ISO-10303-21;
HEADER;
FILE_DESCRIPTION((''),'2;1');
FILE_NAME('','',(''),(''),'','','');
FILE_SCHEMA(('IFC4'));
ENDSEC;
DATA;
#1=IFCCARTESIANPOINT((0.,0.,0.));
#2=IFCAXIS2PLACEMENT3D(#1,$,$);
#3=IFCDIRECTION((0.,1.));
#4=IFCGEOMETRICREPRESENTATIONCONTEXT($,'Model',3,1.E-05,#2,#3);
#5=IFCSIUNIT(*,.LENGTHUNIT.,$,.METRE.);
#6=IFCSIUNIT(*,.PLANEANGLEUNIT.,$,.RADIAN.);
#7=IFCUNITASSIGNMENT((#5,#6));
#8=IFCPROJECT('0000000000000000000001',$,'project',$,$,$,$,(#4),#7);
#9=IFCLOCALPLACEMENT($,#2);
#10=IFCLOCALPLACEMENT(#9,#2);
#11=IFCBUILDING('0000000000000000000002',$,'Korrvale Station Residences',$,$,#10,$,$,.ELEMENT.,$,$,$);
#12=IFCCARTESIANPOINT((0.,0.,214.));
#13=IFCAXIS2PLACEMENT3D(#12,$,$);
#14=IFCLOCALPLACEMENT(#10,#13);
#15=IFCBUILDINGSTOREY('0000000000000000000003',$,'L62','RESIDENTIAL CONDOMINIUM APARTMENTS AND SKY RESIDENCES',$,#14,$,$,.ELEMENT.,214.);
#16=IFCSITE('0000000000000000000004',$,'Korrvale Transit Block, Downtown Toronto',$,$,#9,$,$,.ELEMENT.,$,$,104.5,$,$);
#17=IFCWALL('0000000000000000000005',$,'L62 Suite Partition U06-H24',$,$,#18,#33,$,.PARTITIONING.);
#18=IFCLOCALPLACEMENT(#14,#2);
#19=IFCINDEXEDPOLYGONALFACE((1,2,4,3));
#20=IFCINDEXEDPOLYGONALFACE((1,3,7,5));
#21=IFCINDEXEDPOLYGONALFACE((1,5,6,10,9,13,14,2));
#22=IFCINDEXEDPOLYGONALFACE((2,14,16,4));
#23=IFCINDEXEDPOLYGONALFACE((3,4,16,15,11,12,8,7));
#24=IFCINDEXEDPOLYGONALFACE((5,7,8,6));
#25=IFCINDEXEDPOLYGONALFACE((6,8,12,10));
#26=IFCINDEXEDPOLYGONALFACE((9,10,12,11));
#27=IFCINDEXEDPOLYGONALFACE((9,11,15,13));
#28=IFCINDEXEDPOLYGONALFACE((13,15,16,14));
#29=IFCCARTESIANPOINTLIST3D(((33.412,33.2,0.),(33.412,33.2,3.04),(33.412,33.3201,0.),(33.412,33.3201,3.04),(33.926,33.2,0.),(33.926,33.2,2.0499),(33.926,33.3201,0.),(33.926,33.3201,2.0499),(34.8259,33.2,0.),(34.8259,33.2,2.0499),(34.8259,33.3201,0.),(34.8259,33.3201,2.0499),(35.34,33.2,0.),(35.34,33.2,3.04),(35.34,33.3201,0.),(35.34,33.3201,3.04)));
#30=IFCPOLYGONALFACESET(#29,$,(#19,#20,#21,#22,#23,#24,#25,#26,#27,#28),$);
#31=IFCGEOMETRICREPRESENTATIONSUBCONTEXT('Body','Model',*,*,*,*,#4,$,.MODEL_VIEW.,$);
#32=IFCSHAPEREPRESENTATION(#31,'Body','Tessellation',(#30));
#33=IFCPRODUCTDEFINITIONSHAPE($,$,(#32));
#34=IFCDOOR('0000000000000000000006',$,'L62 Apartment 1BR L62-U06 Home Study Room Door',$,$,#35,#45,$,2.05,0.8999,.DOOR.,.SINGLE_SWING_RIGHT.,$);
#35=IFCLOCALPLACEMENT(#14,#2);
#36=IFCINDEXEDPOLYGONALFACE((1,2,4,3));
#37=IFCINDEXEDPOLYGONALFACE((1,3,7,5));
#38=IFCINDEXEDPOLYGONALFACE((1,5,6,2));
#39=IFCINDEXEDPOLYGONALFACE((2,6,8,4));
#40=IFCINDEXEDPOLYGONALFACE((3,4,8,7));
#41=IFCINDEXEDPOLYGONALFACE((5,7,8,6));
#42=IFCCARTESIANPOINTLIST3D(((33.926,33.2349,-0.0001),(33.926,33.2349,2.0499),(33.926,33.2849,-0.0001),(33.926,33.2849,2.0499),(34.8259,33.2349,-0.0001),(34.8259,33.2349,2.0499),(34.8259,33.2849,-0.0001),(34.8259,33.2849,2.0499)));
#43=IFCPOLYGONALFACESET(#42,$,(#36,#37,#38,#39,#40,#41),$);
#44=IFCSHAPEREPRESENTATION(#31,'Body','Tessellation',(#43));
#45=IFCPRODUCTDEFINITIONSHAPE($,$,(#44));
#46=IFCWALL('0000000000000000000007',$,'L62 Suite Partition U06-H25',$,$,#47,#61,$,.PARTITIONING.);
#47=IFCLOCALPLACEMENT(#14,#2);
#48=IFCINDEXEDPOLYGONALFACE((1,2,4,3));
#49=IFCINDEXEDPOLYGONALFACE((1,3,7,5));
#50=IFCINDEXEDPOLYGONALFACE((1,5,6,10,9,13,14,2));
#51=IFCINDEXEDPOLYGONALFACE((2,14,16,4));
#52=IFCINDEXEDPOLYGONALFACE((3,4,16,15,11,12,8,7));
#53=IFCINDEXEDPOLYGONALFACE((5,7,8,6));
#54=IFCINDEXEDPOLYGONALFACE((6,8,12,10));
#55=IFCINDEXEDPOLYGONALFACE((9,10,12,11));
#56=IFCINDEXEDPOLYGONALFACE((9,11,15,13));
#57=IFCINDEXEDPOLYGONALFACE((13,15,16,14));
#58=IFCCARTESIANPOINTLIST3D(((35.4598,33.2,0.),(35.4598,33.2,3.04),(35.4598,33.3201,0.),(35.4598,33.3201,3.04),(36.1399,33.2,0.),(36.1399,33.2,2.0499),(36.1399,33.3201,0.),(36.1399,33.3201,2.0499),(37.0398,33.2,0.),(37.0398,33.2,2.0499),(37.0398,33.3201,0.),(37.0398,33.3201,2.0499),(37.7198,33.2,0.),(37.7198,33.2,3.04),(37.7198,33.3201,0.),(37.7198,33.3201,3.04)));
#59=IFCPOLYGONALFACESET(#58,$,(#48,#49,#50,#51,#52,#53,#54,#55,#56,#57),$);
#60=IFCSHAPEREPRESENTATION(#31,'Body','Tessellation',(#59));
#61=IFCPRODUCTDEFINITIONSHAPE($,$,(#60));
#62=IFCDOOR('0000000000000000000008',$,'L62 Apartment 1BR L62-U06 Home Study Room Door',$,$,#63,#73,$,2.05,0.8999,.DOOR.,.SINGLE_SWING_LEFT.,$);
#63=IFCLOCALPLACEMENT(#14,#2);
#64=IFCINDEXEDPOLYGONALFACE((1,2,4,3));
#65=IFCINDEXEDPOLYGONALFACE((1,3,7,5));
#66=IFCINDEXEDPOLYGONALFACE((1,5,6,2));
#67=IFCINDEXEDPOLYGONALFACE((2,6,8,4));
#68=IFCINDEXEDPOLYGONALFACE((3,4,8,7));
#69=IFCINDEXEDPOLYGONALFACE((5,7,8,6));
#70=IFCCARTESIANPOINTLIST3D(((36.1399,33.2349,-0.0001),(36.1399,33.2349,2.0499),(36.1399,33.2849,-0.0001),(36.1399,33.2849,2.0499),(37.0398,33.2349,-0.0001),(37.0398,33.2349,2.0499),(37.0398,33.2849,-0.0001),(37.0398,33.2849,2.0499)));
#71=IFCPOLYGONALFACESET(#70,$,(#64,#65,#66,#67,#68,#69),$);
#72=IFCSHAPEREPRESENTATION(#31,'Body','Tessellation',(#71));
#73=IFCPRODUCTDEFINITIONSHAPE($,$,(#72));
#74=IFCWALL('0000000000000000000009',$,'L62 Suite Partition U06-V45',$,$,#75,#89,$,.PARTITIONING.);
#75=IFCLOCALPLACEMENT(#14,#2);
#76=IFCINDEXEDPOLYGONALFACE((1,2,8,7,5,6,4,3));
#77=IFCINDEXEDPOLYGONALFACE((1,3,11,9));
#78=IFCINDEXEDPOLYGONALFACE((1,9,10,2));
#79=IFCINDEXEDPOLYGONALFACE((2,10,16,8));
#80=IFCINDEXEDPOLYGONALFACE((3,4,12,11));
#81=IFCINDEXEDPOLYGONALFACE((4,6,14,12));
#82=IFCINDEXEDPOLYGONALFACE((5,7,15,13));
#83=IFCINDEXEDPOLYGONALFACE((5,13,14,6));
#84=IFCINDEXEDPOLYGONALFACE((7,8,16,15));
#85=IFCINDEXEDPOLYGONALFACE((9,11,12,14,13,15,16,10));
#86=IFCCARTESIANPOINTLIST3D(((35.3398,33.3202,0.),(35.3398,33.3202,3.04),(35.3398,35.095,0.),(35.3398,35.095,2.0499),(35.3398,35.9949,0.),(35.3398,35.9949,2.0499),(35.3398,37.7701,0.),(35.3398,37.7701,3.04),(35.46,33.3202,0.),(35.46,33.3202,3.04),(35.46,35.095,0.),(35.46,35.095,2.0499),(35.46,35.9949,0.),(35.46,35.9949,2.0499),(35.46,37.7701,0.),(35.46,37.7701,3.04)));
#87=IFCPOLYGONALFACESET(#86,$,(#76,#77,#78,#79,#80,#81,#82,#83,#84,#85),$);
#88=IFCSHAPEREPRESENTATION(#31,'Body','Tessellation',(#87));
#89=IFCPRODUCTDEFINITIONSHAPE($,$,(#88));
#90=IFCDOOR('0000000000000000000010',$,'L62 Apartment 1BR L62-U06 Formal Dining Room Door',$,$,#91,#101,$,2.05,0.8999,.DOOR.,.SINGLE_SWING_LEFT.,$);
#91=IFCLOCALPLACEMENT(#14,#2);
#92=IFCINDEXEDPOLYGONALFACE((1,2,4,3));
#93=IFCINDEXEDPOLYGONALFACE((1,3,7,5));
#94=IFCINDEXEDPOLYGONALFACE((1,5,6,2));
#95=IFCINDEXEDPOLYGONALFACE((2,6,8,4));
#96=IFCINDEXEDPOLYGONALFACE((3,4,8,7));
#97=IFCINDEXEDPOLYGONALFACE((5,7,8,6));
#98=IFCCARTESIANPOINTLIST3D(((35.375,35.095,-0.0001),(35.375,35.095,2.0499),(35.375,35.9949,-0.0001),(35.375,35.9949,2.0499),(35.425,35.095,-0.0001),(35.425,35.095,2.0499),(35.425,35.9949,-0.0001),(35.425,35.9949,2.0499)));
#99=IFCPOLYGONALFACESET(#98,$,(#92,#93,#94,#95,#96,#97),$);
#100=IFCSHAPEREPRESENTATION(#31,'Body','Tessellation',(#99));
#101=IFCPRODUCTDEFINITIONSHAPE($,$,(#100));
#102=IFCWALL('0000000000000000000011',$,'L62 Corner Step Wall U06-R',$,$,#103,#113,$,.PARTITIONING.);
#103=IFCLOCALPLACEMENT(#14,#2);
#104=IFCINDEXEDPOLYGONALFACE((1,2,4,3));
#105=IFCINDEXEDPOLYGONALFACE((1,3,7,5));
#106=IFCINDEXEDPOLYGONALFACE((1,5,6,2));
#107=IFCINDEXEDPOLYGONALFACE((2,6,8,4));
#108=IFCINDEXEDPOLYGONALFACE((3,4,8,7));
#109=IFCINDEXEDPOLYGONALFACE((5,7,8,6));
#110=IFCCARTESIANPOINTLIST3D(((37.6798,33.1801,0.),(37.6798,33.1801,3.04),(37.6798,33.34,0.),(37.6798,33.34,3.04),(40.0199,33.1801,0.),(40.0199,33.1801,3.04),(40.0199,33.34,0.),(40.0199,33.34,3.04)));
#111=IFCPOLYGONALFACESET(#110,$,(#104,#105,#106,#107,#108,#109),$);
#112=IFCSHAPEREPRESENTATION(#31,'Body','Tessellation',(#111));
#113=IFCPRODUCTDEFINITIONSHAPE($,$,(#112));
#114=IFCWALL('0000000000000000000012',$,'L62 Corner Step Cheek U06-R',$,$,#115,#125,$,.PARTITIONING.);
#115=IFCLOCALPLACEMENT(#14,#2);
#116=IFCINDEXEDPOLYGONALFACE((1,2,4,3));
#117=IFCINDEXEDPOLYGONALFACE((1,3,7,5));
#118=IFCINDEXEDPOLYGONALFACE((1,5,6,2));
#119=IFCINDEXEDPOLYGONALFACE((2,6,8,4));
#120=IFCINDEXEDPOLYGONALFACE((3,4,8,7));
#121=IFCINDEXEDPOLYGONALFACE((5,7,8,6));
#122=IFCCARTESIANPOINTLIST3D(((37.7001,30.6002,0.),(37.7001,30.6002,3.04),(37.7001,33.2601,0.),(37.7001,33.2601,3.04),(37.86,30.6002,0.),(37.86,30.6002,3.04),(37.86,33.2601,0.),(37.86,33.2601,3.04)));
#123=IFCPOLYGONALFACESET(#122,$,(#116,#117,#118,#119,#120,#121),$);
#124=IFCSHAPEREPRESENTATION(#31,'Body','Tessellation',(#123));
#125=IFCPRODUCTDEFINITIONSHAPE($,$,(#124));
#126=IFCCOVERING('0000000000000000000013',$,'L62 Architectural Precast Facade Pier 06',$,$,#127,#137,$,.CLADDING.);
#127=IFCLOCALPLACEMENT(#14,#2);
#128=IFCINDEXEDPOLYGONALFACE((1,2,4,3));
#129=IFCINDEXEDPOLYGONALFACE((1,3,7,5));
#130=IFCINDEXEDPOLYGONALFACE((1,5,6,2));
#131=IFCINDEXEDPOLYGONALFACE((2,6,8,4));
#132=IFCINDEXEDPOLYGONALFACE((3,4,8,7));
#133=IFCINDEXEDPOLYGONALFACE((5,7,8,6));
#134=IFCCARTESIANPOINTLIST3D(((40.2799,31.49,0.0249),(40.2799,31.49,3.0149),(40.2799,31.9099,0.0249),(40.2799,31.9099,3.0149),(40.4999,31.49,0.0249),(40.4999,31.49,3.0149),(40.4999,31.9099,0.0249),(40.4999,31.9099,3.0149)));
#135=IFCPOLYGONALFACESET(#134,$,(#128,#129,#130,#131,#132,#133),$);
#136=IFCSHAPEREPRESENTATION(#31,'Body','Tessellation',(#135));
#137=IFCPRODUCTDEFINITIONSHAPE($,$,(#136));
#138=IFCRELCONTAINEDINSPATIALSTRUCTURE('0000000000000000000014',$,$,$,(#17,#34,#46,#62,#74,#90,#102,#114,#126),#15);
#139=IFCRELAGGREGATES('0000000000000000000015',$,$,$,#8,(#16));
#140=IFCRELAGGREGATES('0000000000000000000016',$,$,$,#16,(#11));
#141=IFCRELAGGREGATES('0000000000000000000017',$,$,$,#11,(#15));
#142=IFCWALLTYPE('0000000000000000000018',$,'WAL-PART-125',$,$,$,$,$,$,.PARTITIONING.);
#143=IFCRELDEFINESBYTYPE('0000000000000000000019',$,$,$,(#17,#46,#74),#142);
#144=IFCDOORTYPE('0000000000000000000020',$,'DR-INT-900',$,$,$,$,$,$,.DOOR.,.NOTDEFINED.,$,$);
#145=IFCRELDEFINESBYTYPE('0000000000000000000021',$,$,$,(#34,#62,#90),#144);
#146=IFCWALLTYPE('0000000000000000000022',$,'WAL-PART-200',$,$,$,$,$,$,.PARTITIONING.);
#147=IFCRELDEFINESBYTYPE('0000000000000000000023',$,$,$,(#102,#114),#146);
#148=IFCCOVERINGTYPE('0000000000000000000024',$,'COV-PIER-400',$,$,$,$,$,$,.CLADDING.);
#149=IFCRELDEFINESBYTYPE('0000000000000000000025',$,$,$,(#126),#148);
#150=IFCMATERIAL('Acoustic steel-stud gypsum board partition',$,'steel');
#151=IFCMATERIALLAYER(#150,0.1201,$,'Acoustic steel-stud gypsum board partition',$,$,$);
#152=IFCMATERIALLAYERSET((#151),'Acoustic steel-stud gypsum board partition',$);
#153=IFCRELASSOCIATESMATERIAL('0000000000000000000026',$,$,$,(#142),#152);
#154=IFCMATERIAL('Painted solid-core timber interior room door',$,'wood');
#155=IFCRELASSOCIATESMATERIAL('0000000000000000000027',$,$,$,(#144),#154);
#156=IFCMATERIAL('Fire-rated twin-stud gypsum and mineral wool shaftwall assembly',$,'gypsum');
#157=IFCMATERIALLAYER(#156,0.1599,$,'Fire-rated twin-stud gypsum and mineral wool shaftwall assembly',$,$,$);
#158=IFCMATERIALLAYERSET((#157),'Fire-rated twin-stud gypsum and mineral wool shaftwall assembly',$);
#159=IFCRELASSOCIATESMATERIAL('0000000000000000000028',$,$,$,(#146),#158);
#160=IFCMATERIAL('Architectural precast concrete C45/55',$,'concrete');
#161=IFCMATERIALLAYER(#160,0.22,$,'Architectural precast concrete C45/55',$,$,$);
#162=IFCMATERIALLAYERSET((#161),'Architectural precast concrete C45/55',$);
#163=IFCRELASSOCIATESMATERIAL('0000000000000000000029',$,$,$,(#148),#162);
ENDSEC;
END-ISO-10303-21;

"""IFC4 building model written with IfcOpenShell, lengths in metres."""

from ifc_helpers import new_model, si_unit, direction, frame, frame_2d, origin, origin_2d, place, context, subcontext, project, spatial, rectangle, extrude, material, layer, layer_set, type_object, element, fill, save


model = new_model("IFC4")

# Units and contexts
model_context = context("Model", 3, precision=1e-05, world=origin(), true_north=direction((0.0, 1.0)))
body_context = subcontext(model_context, "Body", "Model", "MODEL_VIEW")
ifc_project = project(units=[si_unit("LENGTHUNIT", "METRE"), si_unit("PLANEANGLEUNIT", "RADIAN")], contexts=[model_context])

# Site, building, storey
site_placement = place(None, origin())
site = spatial("IfcSite", under=ifc_project, at=site_placement, Name="Korrvale Transit Block, Downtown Toronto", CompositionType="ELEMENT", RefElevation=104.5)
building_placement = place(site_placement, origin())
building = spatial("IfcBuilding", under=site, at=building_placement, Name="Korrvale Station Residences", CompositionType="ELEMENT")
storey_placement = place(building_placement, frame((0.0, 0.0, 214.0)))
storey = spatial("IfcBuildingStorey", under=building, at=storey_placement, Name="L62", Description="RESIDENTIAL CONDOMINIUM APARTMENTS AND SKY RESIDENCES", CompositionType="ELEMENT", Elevation=214.0)

# Walls, openings, doors
ifc_material_1 = material(Name="Acoustic steel-stud gypsum board partition", Category="steel")
ifc_layer_1 = layer(ifc_material_1, 0.1201, Name="Acoustic steel-stud gypsum board partition")
ifc_layer_set_1 = layer_set([ifc_layer_1], Name="Acoustic steel-stud gypsum board partition")
wall_type_1 = type_object("IfcWallType", Name="WAL-PART-125", PredefinedType="PARTITIONING", material=ifc_layer_set_1)
ifc_material_2 = material(Name="Painted solid-core timber interior room door", Category="wood")
door_type = type_object("IfcDoorType", Name="DR-INT-900", OperationType="NOTDEFINED", PredefinedType="DOOR", material=ifc_material_2)
wall_1_placement = place(storey_placement, frame((33.4121, 33.26, 0.0), z_axis=(0.0, 0.0, 1.0), x_axis=(1.0, 0.0, 0.0)))
wall_1 = element("IfcWall", 1, at=wall_1_placement, inside=storey, type_object=wall_type_1, Name="L62 Suite Partition U06-H24", PredefinedType="PARTITIONING", context=body_context, shape_type="SweptSolid", body=[
    extrude(rectangle(XDim=1.928, YDim=0.1201, at=frame_2d((0.9639, 0.0))), origin(), (0.0, 0.0, 1.0), 3.04),
])
opening_1_placement = place(wall_1_placement, frame((0.5139, 0.0, 0.0)))
opening_1 = element("IfcOpeningElement", 2, at=opening_1_placement, cuts=wall_1, PredefinedType="OPENING", context=body_context, shape_type="SweptSolid", body=[
    extrude(rectangle(XDim=0.8999, YDim=2.05, at=frame_2d((0.45, 1.0249))), frame((0.0, 0.0701, 0.0), z_axis=(0.0, -1.0, 0.0), x_axis=(1.0, 0.0, 0.0)), (0.0, 0.0, 1.0), 0.1401),
])
door_1_placement = place(opening_1_placement, origin())
door_1 = element("IfcDoor", 3, at=door_1_placement, inside=storey, type_object=door_type, Name="L62 Apartment 1BR L62-U06 Home Study Room Door", OperationType="SINGLE_SWING_RIGHT", OverallHeight=2.05, OverallWidth=0.8999, PredefinedType="DOOR", context=body_context, shape_type="SweptSolid", body=[
    extrude(rectangle(XDim=0.8999, YDim=2.05, at=frame_2d((0.45, 1.0249))), frame((0.0, 0.0249, 0.0), z_axis=(0.0, -1.0, 0.0), x_axis=(1.0, 0.0, 0.0)), (0.0, 0.0, 1.0), 0.05),
])
fill(opening_1, door_1)
wall_2_placement = place(storey_placement, frame((35.46, 33.26, 0.0), z_axis=(0.0, 0.0, 1.0), x_axis=(1.0, 0.0, 0.0)))
wall_2 = element("IfcWall", 4, at=wall_2_placement, inside=storey, type_object=wall_type_1, Name="L62 Suite Partition U06-H25", PredefinedType="PARTITIONING", context=body_context, shape_type="SweptSolid", body=[
    extrude(rectangle(XDim=2.26, YDim=0.1201, at=frame_2d((1.1299, 0.0))), origin(), (0.0, 0.0, 1.0), 3.04),
])
opening_2_placement = place(wall_2_placement, frame((0.6799, 0.0, 0.0)))
opening_2 = element("IfcOpeningElement", 5, at=opening_2_placement, cuts=wall_2, PredefinedType="OPENING", context=body_context, shape_type="SweptSolid", body=[
    extrude(rectangle(XDim=0.8999, YDim=2.05, at=frame_2d((0.45, 1.0249))), frame((0.0, 0.0701, 0.0), z_axis=(0.0, -1.0, 0.0), x_axis=(1.0, 0.0, 0.0)), (0.0, 0.0, 1.0), 0.1401),
])
door_2_placement = place(opening_2_placement, origin())
door_2 = element("IfcDoor", 6, at=door_2_placement, inside=storey, type_object=door_type, Name="L62 Apartment 1BR L62-U06 Home Study Room Door", OperationType="SINGLE_SWING_LEFT", OverallHeight=2.05, OverallWidth=0.8999, PredefinedType="DOOR", context=body_context, shape_type="SweptSolid", body=[
    extrude(rectangle(XDim=0.8999, YDim=2.05, at=frame_2d((0.45, 1.0249))), frame((0.0, 0.0249, 0.0), z_axis=(0.0, -1.0, 0.0), x_axis=(1.0, 0.0, 0.0)), (0.0, 0.0, 1.0), 0.05),
])
fill(opening_2, door_2)
wall_3_placement = place(storey_placement, frame((35.3999, 33.3201, 0.0), z_axis=(0.0, 0.0, 1.0), x_axis=(0.0, 1.0, 0.0)))
wall_3 = element("IfcWall", 7, at=wall_3_placement, inside=storey, type_object=wall_type_1, Name="L62 Suite Partition U06-V45", PredefinedType="PARTITIONING", context=body_context, shape_type="SweptSolid", body=[
    extrude(rectangle(XDim=4.45, YDim=0.1201, at=frame_2d((2.2251, 0.0))), origin(), (0.0, 0.0, 1.0), 3.04),
])
opening_3_placement = place(wall_3_placement, frame((1.7749, 0.0, 0.0)))
opening_3 = element("IfcOpeningElement", 8, at=opening_3_placement, cuts=wall_3, PredefinedType="OPENING", context=body_context, shape_type="SweptSolid", body=[
    extrude(rectangle(XDim=0.8999, YDim=2.05, at=frame_2d((0.45, 1.0249))), frame((0.0, 0.0701, 0.0), z_axis=(0.0, -1.0, 0.0), x_axis=(1.0, 0.0, 0.0)), (0.0, 0.0, 1.0), 0.1401),
])
door_3_placement = place(opening_3_placement, origin())
door_3 = element("IfcDoor", 9, at=door_3_placement, inside=storey, type_object=door_type, Name="L62 Apartment 1BR L62-U06 Formal Dining Room Door", OperationType="SINGLE_SWING_LEFT", OverallHeight=2.05, OverallWidth=0.8999, PredefinedType="DOOR", context=body_context, shape_type="SweptSolid", body=[
    extrude(rectangle(XDim=0.8999, YDim=2.05, at=frame_2d((0.45, 1.0249))), frame((0.0, 0.0249, 0.0), z_axis=(0.0, -1.0, 0.0), x_axis=(1.0, 0.0, 0.0)), (0.0, 0.0, 1.0), 0.05),
])
fill(opening_3, door_3)

# Walls
ifc_material_3 = material(Name="Fire-rated twin-stud gypsum and mineral wool shaftwall assembly", Category="gypsum")
ifc_layer_2 = layer(ifc_material_3, 0.1599, Name="Fire-rated twin-stud gypsum and mineral wool shaftwall assembly")
ifc_layer_set_2 = layer_set([ifc_layer_2], Name="Fire-rated twin-stud gypsum and mineral wool shaftwall assembly")
wall_type_2 = type_object("IfcWallType", Name="WAL-PART-200", PredefinedType="PARTITIONING", material=ifc_layer_set_2)
wall_4_placement = place(storey_placement, frame((37.6799, 33.26, 0.0), z_axis=(0.0, 0.0, 1.0), x_axis=(1.0, 0.0, 0.0)))
element("IfcWall", 10, at=wall_4_placement, inside=storey, type_object=wall_type_2, Name="L62 Corner Step Wall U06-R", PredefinedType="PARTITIONING", context=body_context, shape_type="SweptSolid", body=[
    extrude(rectangle(XDim=2.3401, YDim=0.1599, at=frame_2d((1.1699, 0.0))), origin(), (0.0, 0.0, 1.0), 3.04),
])
wall_5_placement = place(storey_placement, frame((37.78, 30.6001, 0.0), z_axis=(0.0, 0.0, 1.0), x_axis=(0.0, 1.0, 0.0)))
element("IfcWall", 11, at=wall_5_placement, inside=storey, type_object=wall_type_2, Name="L62 Corner Step Cheek U06-R", PredefinedType="PARTITIONING", context=body_context, shape_type="SweptSolid", body=[
    extrude(rectangle(XDim=2.6599, YDim=0.1599, at=frame_2d((1.3301, 0.0))), origin(), (0.0, 0.0, 1.0), 3.04),
])

# Covering
ifc_material_4 = material(Name="Architectural precast concrete C45/55", Category="concrete")
ifc_layer_3 = layer(ifc_material_4, 0.22, Name="Architectural precast concrete C45/55")
ifc_layer_set_3 = layer_set([ifc_layer_3], Name="Architectural precast concrete C45/55")
covering_type = type_object("IfcCoveringType", Name="COV-PIER-400", PredefinedType="CLADDING", material=ifc_layer_set_3)
covering_placement = place(storey_placement, frame((40.3899, 31.7, 0.0249), z_axis=(0.0, 0.0, 1.0), x_axis=(0.0, 1.0, 0.0)))
element("IfcCovering", 12, at=covering_placement, inside=storey, type_object=covering_type, Name="L62 Architectural Precast Facade Pier 06", PredefinedType="CLADDING", context=body_context, shape_type="SweptSolid", body=[
    extrude(rectangle(XDim=0.4199, YDim=0.22, at=origin_2d()), origin(), (0.0, 0.0, 1.0), 2.99),
])

save(model, "model.ifc")
